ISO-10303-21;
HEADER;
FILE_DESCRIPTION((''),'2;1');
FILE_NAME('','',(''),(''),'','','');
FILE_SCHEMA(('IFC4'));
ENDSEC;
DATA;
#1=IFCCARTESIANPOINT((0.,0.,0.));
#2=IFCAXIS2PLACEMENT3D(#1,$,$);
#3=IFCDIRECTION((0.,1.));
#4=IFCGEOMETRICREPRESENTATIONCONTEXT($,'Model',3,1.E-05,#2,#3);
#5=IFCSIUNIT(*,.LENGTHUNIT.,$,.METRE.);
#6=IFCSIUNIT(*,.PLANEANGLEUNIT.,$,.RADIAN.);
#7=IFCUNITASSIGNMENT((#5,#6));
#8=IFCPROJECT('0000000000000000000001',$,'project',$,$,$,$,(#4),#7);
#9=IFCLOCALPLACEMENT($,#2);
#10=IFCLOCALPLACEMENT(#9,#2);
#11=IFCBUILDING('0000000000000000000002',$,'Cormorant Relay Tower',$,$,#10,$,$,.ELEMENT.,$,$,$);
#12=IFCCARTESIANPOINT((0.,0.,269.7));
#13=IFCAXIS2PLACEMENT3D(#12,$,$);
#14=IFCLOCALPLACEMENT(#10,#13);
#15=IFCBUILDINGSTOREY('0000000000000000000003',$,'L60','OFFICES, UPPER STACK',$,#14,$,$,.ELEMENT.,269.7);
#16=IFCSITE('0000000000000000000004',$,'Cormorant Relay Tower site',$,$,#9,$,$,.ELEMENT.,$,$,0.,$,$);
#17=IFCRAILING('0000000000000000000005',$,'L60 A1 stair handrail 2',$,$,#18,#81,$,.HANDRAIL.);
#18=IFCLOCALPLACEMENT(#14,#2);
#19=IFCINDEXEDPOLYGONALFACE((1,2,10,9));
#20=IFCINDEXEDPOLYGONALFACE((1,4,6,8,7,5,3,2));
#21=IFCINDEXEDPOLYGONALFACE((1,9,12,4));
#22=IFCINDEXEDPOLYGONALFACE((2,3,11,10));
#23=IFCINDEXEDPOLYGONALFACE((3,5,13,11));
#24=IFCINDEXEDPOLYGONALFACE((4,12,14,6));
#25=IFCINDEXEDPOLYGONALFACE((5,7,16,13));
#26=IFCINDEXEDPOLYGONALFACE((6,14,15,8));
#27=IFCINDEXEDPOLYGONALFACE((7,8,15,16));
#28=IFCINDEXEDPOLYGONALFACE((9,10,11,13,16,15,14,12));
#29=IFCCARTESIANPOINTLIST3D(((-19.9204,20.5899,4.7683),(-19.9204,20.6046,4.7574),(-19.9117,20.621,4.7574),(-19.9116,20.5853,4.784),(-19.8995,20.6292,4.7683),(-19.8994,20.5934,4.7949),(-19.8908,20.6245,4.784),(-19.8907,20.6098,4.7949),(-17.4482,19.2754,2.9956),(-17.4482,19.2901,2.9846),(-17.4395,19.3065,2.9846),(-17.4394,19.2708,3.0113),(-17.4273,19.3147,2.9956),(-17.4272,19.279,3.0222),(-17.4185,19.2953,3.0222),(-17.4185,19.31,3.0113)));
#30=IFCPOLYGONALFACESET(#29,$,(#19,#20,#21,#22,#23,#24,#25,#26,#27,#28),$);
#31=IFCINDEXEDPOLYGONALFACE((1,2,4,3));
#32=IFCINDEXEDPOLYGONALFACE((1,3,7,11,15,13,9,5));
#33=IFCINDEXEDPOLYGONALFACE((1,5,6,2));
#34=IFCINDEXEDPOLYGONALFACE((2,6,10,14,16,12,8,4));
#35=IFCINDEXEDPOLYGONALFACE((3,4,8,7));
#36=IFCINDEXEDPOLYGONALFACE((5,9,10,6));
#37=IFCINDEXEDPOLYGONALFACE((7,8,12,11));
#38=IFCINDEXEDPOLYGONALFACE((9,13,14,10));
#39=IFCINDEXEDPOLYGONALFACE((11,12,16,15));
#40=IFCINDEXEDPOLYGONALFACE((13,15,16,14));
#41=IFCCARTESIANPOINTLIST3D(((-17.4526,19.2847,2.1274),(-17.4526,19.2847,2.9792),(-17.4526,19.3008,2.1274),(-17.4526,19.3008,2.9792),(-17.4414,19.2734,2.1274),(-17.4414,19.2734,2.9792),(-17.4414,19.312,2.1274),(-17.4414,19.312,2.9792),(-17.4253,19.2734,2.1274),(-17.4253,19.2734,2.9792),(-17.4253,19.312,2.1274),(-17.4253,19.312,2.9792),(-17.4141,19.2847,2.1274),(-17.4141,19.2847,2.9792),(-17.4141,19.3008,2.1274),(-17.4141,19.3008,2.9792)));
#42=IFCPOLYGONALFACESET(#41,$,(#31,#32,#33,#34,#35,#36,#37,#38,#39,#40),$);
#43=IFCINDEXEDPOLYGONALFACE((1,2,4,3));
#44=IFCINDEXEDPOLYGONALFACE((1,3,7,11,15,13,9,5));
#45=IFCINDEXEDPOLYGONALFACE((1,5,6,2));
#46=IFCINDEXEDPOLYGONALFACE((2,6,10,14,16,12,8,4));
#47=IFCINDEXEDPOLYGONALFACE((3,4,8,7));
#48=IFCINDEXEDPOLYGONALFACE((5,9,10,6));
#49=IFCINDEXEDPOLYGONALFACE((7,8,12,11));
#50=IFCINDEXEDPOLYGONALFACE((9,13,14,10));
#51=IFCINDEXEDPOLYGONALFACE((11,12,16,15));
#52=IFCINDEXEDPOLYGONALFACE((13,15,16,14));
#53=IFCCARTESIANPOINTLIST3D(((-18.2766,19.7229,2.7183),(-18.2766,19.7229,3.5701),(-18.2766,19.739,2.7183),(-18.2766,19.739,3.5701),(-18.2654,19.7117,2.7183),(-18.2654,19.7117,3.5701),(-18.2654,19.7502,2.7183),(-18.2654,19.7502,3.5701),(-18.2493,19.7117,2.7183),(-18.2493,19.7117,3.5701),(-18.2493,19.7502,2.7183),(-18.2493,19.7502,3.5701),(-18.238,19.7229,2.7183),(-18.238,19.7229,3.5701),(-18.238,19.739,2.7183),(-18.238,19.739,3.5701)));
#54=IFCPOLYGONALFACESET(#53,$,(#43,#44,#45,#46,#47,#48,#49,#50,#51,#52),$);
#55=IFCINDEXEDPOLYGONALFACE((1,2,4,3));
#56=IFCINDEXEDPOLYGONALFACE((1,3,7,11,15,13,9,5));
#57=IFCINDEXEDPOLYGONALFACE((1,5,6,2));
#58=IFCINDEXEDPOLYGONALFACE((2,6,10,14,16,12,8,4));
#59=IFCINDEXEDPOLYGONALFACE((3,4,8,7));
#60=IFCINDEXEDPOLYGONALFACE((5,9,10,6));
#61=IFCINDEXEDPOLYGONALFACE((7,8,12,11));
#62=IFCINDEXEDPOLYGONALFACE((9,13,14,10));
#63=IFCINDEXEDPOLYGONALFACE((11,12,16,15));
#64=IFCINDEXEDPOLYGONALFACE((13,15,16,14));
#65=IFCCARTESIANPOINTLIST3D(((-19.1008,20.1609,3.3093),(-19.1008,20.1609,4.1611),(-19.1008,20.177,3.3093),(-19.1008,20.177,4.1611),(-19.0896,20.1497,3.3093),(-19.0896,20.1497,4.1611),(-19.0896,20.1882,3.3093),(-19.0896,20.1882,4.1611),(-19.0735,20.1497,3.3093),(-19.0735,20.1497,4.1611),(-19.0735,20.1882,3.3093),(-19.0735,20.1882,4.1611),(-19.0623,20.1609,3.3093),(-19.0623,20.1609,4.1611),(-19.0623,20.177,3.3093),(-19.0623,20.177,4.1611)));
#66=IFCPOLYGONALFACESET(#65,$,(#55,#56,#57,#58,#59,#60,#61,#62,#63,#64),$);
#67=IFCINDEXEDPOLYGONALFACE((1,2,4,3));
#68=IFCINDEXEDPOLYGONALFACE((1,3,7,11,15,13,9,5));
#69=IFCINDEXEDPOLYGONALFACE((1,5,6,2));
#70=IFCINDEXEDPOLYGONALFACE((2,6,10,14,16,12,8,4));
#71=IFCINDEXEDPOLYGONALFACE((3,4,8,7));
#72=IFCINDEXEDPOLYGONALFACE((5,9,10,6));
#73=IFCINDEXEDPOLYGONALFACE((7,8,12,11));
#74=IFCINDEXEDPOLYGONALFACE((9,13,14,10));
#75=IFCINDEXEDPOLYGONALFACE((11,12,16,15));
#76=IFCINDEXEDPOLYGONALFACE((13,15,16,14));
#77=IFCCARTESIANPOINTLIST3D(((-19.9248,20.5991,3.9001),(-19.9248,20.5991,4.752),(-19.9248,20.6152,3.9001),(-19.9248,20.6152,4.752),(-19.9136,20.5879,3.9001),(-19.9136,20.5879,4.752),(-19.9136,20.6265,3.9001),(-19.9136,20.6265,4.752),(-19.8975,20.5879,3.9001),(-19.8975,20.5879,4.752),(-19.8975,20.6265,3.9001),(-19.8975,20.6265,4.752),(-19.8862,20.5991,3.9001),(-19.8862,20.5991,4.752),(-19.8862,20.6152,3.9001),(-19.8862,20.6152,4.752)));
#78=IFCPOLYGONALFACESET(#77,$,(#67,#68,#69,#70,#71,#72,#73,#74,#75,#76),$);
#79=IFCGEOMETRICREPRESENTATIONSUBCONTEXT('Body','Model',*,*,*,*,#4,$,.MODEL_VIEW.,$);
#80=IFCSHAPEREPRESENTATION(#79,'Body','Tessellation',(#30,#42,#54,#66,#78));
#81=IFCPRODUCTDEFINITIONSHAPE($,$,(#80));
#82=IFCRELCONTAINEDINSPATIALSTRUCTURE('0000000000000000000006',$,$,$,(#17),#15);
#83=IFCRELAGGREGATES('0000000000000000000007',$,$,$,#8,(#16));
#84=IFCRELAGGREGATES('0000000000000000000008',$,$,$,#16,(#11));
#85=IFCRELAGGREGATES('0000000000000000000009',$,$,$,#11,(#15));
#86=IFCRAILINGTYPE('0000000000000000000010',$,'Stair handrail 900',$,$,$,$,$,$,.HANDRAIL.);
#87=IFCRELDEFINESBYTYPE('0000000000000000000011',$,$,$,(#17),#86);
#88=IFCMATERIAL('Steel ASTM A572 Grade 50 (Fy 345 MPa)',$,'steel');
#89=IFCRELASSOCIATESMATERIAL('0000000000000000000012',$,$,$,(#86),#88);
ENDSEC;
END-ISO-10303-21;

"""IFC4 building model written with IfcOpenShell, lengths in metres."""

from ifc_helpers import new_model, si_unit, direction, frame, origin, place, context, subcontext, project, spatial, polyline, outline, extrude, material, type_object, element, save


model = new_model("IFC4")

# Units and contexts
model_context = context("Model", 3, precision=1e-05, world=origin(), true_north=direction((0.0, 1.0)))
body_context = subcontext(model_context, "Body", "Model", "MODEL_VIEW")
ifc_project = project(units=[si_unit("LENGTHUNIT", "METRE"), si_unit("PLANEANGLEUNIT", "RADIAN")], contexts=[model_context])

# Site, building, storey
site_placement = place(None, origin())
site = spatial("IfcSite", under=ifc_project, at=site_placement, Name="Cormorant Relay Tower site", CompositionType="ELEMENT", RefElevation=0.0)
building_placement = place(site_placement, origin())
building = spatial("IfcBuilding", under=site, at=building_placement, Name="Cormorant Relay Tower", CompositionType="ELEMENT")
storey_placement = place(building_placement, frame((0.0, 0.0, 269.7)))
storey = spatial("IfcBuildingStorey", under=building, at=storey_placement, Name="L60", Description="OFFICES, UPPER STACK", CompositionType="ELEMENT", Elevation=269.7)

# Railing
ifc_material_1 = material(Name="Steel ASTM A572 Grade 50 (Fy 345 MPa)", Category="steel")
railing_type_1 = type_object("IfcRailingType", Name="Stair handrail 900", PredefinedType="HANDRAIL", material=ifc_material_1)
railing_1_placement = place(storey_placement, frame((-17.4333, 19.2927, 2.1274)))
element("IfcRailing", 1, at=railing_1_placement, inside=storey, type_object=railing_type_1, Name="L60 A1 stair handrail 2", PredefinedType="HANDRAIL", context=body_context, shape_type="SweptSolid", body=[
    extrude(outline(polyline([(0.0222, 0.0093), (0.0093, 0.0222), (-0.0093, 0.0222), (-0.0222, 0.0093), (-0.0222, -0.0093), (-0.0093, -0.0222), (0.0093, -0.0222), (0.0222, -0.0093), (0.0222, 0.0093)])), frame((0.0, 0.0, 0.876), z_axis=(-0.746001, 0.396649, 0.534931), x_axis=(-0.469465, -0.882951, 0.0)), (0.0, 0.0, 1.0), 3.314),
    extrude(outline(polyline([(0.0193, 0.0081), (0.0081, 0.0193), (-0.0081, 0.0193), (-0.0193, 0.0081), (-0.0193, -0.0081), (-0.0081, -0.0193), (0.0081, -0.0193), (0.0193, -0.0081), (0.0193, 0.0081)])), origin(), (0.0, 0.0, 1.0), 0.8518),
    extrude(outline(polyline([(0.0193, 0.0081), (0.0081, 0.0193), (-0.0081, 0.0193), (-0.0193, 0.0081), (-0.0193, -0.0081), (-0.0081, -0.0193), (0.0081, -0.0193), (0.0193, -0.0081), (0.0193, 0.0081)])), frame((-0.824, 0.4382, 0.5908)), (0.0, 0.0, 1.0), 0.8518),
    extrude(outline(polyline([(0.0193, 0.0081), (0.0081, 0.0193), (-0.0081, 0.0193), (-0.0193, 0.0081), (-0.0193, -0.0081), (-0.0081, -0.0193), (0.0081, -0.0193), (0.0193, -0.0081), (0.0193, 0.0081)])), frame((-1.6482, 0.8762, 1.1819)), (0.0, 0.0, 1.0), 0.8518),
    extrude(outline(polyline([(0.0193, 0.0081), (0.0081, 0.0193), (-0.0081, 0.0193), (-0.0193, 0.0081), (-0.0193, -0.0081), (-0.0081, -0.0193), (0.0081, -0.0193), (0.0193, -0.0081), (0.0193, 0.0081)])), frame((-2.4722, 1.3145, 1.7727)), (0.0, 0.0, 1.0), 0.8518),
])

save(model, "model.ifc")
